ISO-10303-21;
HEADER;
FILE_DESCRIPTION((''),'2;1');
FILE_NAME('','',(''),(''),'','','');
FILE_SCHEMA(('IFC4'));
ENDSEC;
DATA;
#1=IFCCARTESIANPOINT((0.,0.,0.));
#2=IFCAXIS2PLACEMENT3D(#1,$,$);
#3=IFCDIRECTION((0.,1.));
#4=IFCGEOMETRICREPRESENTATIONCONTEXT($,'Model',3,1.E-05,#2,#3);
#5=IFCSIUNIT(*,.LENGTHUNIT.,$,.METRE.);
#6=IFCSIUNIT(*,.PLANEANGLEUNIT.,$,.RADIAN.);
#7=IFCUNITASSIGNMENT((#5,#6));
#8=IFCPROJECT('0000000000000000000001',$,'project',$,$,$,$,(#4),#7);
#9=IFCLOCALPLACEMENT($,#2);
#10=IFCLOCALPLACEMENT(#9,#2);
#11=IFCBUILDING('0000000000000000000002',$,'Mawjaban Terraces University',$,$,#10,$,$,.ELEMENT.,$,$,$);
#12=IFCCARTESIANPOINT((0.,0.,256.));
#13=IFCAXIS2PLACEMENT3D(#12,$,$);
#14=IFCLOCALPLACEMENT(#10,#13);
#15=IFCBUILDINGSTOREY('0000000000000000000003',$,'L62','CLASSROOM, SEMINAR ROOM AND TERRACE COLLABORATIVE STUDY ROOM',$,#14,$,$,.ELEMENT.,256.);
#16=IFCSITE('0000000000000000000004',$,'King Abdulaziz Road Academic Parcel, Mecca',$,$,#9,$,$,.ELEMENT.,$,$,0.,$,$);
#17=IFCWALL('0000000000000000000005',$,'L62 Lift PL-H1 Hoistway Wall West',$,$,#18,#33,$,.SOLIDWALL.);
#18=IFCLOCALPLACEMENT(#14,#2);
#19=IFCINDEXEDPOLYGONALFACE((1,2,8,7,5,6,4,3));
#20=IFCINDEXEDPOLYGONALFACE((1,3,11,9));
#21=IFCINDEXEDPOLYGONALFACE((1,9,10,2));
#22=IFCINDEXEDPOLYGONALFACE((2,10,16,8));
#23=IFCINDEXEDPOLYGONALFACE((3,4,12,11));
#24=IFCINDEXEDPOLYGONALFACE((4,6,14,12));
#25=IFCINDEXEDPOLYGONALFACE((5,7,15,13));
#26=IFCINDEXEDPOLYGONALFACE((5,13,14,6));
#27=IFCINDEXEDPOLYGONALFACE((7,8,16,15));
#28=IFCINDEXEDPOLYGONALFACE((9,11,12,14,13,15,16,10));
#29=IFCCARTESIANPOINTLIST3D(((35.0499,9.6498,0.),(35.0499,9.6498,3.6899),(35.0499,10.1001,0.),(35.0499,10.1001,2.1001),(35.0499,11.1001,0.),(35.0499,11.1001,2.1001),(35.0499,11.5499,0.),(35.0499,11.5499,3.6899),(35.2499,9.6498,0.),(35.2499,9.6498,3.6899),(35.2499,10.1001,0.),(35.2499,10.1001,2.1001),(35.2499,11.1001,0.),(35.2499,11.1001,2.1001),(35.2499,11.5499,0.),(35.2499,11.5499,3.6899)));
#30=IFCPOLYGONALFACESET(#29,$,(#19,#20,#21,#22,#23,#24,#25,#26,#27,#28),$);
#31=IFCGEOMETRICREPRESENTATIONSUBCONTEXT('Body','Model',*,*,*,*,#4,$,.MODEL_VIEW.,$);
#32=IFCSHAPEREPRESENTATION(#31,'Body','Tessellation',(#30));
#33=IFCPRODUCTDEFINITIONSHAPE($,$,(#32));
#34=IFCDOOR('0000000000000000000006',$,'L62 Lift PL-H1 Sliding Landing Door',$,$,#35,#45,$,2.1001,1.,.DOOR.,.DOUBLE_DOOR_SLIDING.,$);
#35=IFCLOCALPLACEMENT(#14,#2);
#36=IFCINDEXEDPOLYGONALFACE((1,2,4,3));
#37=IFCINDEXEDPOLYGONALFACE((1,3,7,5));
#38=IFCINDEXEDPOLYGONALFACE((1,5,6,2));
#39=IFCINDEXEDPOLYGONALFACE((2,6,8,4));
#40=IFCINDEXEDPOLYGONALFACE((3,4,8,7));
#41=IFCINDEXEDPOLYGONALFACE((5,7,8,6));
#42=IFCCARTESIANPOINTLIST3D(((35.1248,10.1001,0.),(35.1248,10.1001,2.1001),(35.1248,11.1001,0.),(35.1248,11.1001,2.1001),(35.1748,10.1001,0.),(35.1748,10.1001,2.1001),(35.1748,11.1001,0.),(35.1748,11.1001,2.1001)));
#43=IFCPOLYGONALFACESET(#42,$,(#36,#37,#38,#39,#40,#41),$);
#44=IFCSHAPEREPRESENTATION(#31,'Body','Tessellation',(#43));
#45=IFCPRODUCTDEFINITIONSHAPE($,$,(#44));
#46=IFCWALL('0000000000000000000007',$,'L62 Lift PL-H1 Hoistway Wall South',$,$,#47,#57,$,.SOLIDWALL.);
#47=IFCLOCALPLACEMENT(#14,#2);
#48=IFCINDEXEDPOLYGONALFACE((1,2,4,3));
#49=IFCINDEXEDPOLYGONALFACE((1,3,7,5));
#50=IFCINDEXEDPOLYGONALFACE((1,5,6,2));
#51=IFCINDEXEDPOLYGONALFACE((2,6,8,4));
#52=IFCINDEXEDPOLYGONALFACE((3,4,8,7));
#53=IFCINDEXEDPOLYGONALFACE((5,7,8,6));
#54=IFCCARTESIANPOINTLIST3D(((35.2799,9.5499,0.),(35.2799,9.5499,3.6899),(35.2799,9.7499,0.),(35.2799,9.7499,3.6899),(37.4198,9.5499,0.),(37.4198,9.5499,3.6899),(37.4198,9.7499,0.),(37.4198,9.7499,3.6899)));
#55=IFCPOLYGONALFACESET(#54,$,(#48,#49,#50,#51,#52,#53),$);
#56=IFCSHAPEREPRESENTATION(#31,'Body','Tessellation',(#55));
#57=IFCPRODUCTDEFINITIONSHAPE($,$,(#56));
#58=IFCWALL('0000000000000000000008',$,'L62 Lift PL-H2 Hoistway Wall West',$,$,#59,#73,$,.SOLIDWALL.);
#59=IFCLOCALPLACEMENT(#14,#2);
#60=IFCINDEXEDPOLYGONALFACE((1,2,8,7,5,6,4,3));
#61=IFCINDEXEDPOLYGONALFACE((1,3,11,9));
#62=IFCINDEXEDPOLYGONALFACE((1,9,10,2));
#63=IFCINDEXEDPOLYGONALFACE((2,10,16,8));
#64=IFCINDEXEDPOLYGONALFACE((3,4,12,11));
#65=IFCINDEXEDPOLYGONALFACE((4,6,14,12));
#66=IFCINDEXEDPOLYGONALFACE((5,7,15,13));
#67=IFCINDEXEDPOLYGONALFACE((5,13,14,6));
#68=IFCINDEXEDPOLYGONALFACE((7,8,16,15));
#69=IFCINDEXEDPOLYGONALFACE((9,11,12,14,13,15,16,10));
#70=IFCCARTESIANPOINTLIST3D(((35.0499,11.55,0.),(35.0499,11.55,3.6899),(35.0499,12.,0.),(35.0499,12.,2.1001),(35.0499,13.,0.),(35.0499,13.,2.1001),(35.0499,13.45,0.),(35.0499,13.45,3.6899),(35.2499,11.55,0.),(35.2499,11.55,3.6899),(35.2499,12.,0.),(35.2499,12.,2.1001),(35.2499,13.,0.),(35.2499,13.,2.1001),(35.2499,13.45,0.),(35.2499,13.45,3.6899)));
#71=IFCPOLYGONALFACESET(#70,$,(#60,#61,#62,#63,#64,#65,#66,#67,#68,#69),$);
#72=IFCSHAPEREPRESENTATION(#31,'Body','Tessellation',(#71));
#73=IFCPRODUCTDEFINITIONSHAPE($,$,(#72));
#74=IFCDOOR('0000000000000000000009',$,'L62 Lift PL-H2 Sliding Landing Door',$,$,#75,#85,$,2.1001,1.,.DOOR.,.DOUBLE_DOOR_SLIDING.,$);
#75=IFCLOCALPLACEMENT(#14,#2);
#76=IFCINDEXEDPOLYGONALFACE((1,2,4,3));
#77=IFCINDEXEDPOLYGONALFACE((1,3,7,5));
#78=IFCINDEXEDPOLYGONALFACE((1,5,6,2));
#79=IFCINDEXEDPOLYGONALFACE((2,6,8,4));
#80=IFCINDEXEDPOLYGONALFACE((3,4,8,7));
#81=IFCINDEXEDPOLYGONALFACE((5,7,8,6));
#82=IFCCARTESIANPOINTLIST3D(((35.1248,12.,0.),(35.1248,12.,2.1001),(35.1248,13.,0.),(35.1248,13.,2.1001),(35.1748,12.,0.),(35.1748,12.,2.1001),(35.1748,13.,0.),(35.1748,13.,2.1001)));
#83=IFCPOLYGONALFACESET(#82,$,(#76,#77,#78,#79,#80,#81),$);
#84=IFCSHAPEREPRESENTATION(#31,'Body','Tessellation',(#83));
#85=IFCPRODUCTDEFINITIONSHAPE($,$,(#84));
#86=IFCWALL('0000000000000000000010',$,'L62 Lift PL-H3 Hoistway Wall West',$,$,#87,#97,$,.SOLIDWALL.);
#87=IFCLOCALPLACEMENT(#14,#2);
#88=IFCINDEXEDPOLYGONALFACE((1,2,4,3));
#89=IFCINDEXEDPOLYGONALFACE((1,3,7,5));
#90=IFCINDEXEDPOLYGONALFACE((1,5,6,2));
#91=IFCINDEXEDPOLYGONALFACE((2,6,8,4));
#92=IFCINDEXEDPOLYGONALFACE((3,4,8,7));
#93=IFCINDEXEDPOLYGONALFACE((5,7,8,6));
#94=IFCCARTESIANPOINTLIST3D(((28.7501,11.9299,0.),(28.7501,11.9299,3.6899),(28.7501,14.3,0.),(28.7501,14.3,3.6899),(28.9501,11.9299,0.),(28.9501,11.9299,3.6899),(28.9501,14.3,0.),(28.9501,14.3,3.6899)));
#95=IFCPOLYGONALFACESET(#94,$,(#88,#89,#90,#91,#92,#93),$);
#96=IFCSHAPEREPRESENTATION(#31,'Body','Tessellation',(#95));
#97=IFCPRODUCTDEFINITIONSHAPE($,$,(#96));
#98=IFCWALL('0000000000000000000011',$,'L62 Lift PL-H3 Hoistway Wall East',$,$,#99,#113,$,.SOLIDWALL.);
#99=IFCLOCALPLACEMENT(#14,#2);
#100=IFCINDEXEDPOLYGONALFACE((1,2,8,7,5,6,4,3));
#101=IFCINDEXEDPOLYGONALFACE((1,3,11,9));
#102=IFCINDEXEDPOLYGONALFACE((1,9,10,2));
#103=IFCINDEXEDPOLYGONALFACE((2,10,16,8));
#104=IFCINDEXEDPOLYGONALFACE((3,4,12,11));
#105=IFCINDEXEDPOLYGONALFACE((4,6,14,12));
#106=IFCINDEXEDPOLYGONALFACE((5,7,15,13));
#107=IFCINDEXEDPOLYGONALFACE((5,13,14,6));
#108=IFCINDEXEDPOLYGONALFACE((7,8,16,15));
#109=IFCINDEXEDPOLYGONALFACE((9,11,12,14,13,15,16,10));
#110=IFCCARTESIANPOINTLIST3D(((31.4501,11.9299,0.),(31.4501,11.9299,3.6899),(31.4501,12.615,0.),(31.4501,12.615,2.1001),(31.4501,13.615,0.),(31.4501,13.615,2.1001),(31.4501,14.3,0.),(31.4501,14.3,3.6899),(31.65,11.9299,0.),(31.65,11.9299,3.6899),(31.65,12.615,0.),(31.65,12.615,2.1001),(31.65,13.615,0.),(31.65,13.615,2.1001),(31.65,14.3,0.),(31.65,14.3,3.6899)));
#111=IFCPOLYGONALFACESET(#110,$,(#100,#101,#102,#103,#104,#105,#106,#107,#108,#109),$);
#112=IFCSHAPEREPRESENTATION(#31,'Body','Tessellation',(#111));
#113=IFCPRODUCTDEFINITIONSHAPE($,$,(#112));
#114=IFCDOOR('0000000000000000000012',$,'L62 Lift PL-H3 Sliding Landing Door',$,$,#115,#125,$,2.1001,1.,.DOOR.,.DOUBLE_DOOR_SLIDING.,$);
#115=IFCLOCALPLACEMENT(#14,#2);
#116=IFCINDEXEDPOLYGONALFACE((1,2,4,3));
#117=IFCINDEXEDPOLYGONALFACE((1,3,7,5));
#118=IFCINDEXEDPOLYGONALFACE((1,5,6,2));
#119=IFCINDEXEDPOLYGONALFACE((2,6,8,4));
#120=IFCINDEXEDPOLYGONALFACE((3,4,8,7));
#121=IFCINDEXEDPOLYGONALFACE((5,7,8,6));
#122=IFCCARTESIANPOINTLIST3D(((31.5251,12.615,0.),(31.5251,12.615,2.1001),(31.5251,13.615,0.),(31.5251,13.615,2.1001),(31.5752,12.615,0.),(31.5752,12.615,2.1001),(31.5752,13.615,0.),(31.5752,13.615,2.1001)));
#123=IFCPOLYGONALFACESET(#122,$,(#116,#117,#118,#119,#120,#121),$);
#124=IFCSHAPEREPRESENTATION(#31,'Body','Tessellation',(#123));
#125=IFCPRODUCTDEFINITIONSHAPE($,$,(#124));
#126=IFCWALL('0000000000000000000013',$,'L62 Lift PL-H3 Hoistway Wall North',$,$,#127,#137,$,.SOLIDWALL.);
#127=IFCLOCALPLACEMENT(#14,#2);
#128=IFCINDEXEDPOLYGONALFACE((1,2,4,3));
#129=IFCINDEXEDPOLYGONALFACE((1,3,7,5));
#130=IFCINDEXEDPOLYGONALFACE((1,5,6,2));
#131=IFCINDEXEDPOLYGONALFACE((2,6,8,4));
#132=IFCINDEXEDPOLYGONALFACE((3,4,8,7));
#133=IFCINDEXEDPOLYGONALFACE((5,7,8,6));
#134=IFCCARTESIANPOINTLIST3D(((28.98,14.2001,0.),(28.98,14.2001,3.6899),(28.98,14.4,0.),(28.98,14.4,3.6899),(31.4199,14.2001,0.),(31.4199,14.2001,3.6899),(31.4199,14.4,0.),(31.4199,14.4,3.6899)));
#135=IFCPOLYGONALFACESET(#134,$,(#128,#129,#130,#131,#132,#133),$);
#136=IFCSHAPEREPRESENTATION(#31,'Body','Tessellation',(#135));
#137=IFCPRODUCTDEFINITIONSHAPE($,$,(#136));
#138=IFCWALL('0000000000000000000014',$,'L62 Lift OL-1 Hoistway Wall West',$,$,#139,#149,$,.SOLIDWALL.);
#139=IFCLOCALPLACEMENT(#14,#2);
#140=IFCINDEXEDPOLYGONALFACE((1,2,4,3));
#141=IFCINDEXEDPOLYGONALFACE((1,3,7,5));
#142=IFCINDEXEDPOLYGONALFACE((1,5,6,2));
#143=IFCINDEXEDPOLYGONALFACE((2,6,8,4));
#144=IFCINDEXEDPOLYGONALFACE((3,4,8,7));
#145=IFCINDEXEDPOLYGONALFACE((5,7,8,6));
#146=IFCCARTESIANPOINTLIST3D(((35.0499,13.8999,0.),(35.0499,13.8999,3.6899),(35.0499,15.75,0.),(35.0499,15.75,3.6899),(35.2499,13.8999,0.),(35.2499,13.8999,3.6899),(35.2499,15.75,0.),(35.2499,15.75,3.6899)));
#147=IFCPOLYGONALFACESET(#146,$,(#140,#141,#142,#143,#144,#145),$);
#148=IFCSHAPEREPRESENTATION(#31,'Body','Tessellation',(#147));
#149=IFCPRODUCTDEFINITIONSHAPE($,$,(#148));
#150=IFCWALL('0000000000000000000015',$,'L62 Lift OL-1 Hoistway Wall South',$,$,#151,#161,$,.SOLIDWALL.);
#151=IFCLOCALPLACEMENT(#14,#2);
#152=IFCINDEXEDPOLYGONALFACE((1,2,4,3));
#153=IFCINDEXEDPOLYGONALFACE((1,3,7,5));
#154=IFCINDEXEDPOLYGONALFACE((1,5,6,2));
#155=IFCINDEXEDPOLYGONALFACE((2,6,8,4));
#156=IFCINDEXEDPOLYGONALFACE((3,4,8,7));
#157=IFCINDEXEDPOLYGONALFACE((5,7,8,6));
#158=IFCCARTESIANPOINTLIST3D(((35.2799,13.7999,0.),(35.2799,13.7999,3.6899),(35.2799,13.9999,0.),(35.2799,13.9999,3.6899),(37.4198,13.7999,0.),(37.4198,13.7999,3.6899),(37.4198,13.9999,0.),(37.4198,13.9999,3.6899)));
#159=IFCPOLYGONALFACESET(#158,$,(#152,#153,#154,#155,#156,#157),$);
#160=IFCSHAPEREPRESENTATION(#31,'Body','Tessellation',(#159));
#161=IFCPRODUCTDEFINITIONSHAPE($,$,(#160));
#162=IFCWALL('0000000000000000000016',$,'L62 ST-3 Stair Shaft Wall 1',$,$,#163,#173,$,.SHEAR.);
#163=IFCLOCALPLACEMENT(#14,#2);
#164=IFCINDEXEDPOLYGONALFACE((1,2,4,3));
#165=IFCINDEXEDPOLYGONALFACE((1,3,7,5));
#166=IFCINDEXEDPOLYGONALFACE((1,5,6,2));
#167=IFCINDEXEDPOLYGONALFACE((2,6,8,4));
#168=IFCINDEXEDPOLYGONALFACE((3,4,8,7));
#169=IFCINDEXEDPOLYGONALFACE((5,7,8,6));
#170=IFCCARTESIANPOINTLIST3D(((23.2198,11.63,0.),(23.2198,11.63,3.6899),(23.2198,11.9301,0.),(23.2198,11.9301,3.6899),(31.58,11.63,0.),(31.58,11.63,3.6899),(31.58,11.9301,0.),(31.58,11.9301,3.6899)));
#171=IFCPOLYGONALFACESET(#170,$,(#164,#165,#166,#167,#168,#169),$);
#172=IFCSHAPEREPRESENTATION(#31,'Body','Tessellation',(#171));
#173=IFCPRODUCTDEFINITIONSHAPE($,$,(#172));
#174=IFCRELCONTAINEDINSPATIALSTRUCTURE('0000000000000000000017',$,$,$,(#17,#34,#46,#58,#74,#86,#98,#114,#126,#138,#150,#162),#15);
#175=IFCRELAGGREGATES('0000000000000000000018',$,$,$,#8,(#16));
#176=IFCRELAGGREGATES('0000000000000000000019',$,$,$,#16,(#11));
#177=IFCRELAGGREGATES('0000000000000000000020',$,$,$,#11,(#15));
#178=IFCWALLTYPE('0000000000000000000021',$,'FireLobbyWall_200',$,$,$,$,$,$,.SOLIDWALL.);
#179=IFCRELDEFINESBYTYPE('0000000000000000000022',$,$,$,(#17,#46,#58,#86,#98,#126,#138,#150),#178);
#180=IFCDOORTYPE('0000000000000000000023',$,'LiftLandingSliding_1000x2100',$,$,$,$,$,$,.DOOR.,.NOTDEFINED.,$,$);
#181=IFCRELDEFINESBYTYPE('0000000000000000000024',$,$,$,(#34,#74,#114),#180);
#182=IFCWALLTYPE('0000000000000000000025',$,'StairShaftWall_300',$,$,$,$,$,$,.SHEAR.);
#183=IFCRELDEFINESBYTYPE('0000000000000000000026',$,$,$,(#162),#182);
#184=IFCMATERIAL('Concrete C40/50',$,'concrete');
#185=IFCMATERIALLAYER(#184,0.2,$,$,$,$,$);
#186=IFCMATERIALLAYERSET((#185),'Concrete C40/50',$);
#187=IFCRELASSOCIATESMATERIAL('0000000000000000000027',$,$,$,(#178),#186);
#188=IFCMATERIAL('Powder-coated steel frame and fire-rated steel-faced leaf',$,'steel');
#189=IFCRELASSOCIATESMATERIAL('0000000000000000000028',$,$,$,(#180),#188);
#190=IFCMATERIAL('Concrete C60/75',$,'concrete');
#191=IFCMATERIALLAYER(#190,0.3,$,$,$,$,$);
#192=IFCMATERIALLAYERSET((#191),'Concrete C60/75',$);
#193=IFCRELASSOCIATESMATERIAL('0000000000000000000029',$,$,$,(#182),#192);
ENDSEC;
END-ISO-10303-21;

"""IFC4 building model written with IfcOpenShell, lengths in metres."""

from ifc_helpers import new_model, si_unit, direction, frame, frame_2d, origin, place, context, subcontext, project, spatial, rectangle, extrude, material, layer, layer_set, type_object, element, fill, save


model = new_model("IFC4")

# Units and contexts
model_context = context("Model", 3, precision=1e-05, world=origin(), true_north=direction((0.0, 1.0)))
body_context = subcontext(model_context, "Body", "Model", "MODEL_VIEW")
ifc_project = project(units=[si_unit("LENGTHUNIT", "METRE"), si_unit("PLANEANGLEUNIT", "RADIAN")], contexts=[model_context])

# Site, building, storey
site_placement = place(None, origin())
site = spatial("IfcSite", under=ifc_project, at=site_placement, Name="King Abdulaziz Road Academic Parcel, Mecca", CompositionType="ELEMENT", RefElevation=0.0)
building_placement = place(site_placement, origin())
building = spatial("IfcBuilding", under=site, at=building_placement, Name="Mawjaban Terraces University", CompositionType="ELEMENT")
storey_placement = place(building_placement, frame((0.0, 0.0, 256.0)))
storey = spatial("IfcBuildingStorey", under=building, at=storey_placement, Name="L62", Description="CLASSROOM, SEMINAR ROOM AND TERRACE COLLABORATIVE STUDY ROOM", CompositionType="ELEMENT", Elevation=256.0)

# Wall, opening, door
ifc_material_1 = material(Name="Concrete C40/50", Category="concrete")
ifc_layer_1 = layer(ifc_material_1, 0.2)
ifc_layer_set_1 = layer_set([ifc_layer_1], Name="Concrete C40/50")
wall_type_1 = type_object("IfcWallType", Name="FireLobbyWall_200", PredefinedType="SOLIDWALL", material=ifc_layer_set_1)
wall_1_placement = place(storey_placement, frame((35.1499, 11.55, 0.0), z_axis=(0.0, 0.0, 1.0), x_axis=(0.0, -1.0, 0.0)))
wall_1 = element("IfcWall", 1, at=wall_1_placement, inside=storey, type_object=wall_type_1, Name="L62 Lift PL-H1 Hoistway Wall West", PredefinedType="SOLIDWALL", context=body_context, shape_type="SweptSolid", body=[
    extrude(rectangle(XDim=1.9001, YDim=0.2, at=frame_2d((0.9502, 0.0))), origin(), (0.0, 0.0, 1.0), 3.6899),
])
opening_1_placement = place(wall_1_placement, frame((0.45, 0.0, 0.0)))
opening_1 = element("IfcOpeningElement", 2, at=opening_1_placement, cuts=wall_1, PredefinedType="OPENING", context=body_context, shape_type="SweptSolid", body=[
    extrude(rectangle(XDim=1.0, YDim=2.1001, at=frame_2d((0.5, 1.05))), frame((0.0, 0.1099, 0.0), z_axis=(0.0, -1.0, 0.0), x_axis=(1.0, 0.0, 0.0)), (0.0, 0.0, 1.0), 0.22),
])
ifc_material_2 = material(Name="Powder-coated steel frame and fire-rated steel-faced leaf", Category="steel")
door_type_1 = type_object("IfcDoorType", Name="LiftLandingSliding_1000x2100", OperationType="NOTDEFINED", PredefinedType="DOOR", material=ifc_material_2)
door_1_placement = place(opening_1_placement, origin())
door_1 = element("IfcDoor", 3, at=door_1_placement, inside=storey, type_object=door_type_1, Name="L62 Lift PL-H1 Sliding Landing Door", OperationType="DOUBLE_DOOR_SLIDING", OverallHeight=2.1001, OverallWidth=1.0, PredefinedType="DOOR", context=body_context, shape_type="SweptSolid", body=[
    extrude(rectangle(XDim=1.0, YDim=2.1001, at=frame_2d((0.5, 1.05))), frame((0.0, 0.0249, 0.0), z_axis=(0.0, -1.0, 0.0), x_axis=(1.0, 0.0, 0.0)), (0.0, 0.0, 1.0), 0.05),
])
fill(opening_1, door_1)

# Wall
wall_2_placement = place(storey_placement, frame((35.28, 9.6499, 0.0), z_axis=(0.0, 0.0, 1.0), x_axis=(1.0, 0.0, 0.0)))
element("IfcWall", 4, at=wall_2_placement, inside=storey, type_object=wall_type_1, Name="L62 Lift PL-H1 Hoistway Wall South", PredefinedType="SOLIDWALL", context=body_context, shape_type="SweptSolid", body=[
    extrude(rectangle(XDim=2.1399, YDim=0.2, at=frame_2d((1.0698, 0.0))), origin(), (0.0, 0.0, 1.0), 3.6899),
])

# Wall, opening, door
wall_3_placement = place(storey_placement, frame((35.1499, 13.45, 0.0), z_axis=(0.0, 0.0, 1.0), x_axis=(0.0, -1.0, 0.0)))
wall_3 = element("IfcWall", 5, at=wall_3_placement, inside=storey, type_object=wall_type_1, Name="L62 Lift PL-H2 Hoistway Wall West", PredefinedType="SOLIDWALL", context=body_context, shape_type="SweptSolid", body=[
    extrude(rectangle(XDim=1.8999, YDim=0.2, at=frame_2d((0.95, 0.0))), origin(), (0.0, 0.0, 1.0), 3.6899),
])
opening_2_placement = place(wall_3_placement, frame((0.45, 0.0, 0.0)))
opening_2 = element("IfcOpeningElement", 6, at=opening_2_placement, cuts=wall_3, PredefinedType="OPENING", context=body_context, shape_type="SweptSolid", body=[
    extrude(rectangle(XDim=1.0, YDim=2.1001, at=frame_2d((0.5, 1.05))), frame((0.0, 0.1099, 0.0), z_axis=(0.0, -1.0, 0.0), x_axis=(1.0, 0.0, 0.0)), (0.0, 0.0, 1.0), 0.22),
])
door_2_placement = place(opening_2_placement, origin())
door_2 = element("IfcDoor", 7, at=door_2_placement, inside=storey, type_object=door_type_1, Name="L62 Lift PL-H2 Sliding Landing Door", OperationType="DOUBLE_DOOR_SLIDING", OverallHeight=2.1001, OverallWidth=1.0, PredefinedType="DOOR", context=body_context, shape_type="SweptSolid", body=[
    extrude(rectangle(XDim=1.0, YDim=2.1001, at=frame_2d((0.5, 1.05))), frame((0.0, 0.0249, 0.0), z_axis=(0.0, -1.0, 0.0), x_axis=(1.0, 0.0, 0.0)), (0.0, 0.0, 1.0), 0.05),
])
fill(opening_2, door_2)

# Wall
wall_4_placement = place(storey_placement, frame((28.8501, 14.3, 0.0), z_axis=(0.0, 0.0, 1.0), x_axis=(0.0, -1.0, 0.0)))
element("IfcWall", 8, at=wall_4_placement, inside=storey, type_object=wall_type_1, Name="L62 Lift PL-H3 Hoistway Wall West", PredefinedType="SOLIDWALL", context=body_context, shape_type="SweptSolid", body=[
    extrude(rectangle(XDim=2.3701, YDim=0.2, at=frame_2d((1.1851, 0.0))), origin(), (0.0, 0.0, 1.0), 3.6899),
])

# Wall, opening, door
wall_5_placement = place(storey_placement, frame((31.55, 11.9299, 0.0), z_axis=(0.0, 0.0, 1.0), x_axis=(0.0, 1.0, 0.0)))
wall_5 = element("IfcWall", 9, at=wall_5_placement, inside=storey, type_object=wall_type_1, Name="L62 Lift PL-H3 Hoistway Wall East", PredefinedType="SOLIDWALL", context=body_context, shape_type="SweptSolid", body=[
    extrude(rectangle(XDim=2.3701, YDim=0.2, at=frame_2d((1.1851, 0.0))), origin(), (0.0, 0.0, 1.0), 3.6899),
])
opening_3_placement = place(wall_5_placement, frame((0.6851, 0.0, 0.0)))
opening_3 = element("IfcOpeningElement", 10, at=opening_3_placement, cuts=wall_5, PredefinedType="OPENING", context=body_context, shape_type="SweptSolid", body=[
    extrude(rectangle(XDim=1.0, YDim=2.1001, at=frame_2d((0.5, 1.05))), frame((0.0, 0.1099, 0.0), z_axis=(0.0, -1.0, 0.0), x_axis=(1.0, 0.0, 0.0)), (0.0, 0.0, 1.0), 0.22),
])
door_3_placement = place(opening_3_placement, origin())
door_3 = element("IfcDoor", 11, at=door_3_placement, inside=storey, type_object=door_type_1, Name="L62 Lift PL-H3 Sliding Landing Door", OperationType="DOUBLE_DOOR_SLIDING", OverallHeight=2.1001, OverallWidth=1.0, PredefinedType="DOOR", context=body_context, shape_type="SweptSolid", body=[
    extrude(rectangle(XDim=1.0, YDim=2.1001, at=frame_2d((0.5, 1.05))), frame((0.0, 0.0249, 0.0), z_axis=(0.0, -1.0, 0.0), x_axis=(1.0, 0.0, 0.0)), (0.0, 0.0, 1.0), 0.05),
])
fill(opening_3, door_3)

# Walls
wall_6_placement = place(storey_placement, frame((31.4199, 14.3, 0.0), z_axis=(0.0, 0.0, 1.0), x_axis=(-1.0, 0.0, 0.0)))
element("IfcWall", 12, at=wall_6_placement, inside=storey, type_object=wall_type_1, Name="L62 Lift PL-H3 Hoistway Wall North", PredefinedType="SOLIDWALL", context=body_context, shape_type="SweptSolid", body=[
    extrude(rectangle(XDim=2.4399, YDim=0.2, at=frame_2d((1.22, 0.0))), origin(), (0.0, 0.0, 1.0), 3.6899),
])
wall_7_placement = place(storey_placement, frame((35.1499, 15.75, 0.0), z_axis=(0.0, 0.0, 1.0), x_axis=(0.0, -1.0, 0.0)))
element("IfcWall", 13, at=wall_7_placement, inside=storey, type_object=wall_type_1, Name="L62 Lift OL-1 Hoistway Wall West", PredefinedType="SOLIDWALL", context=body_context, shape_type="SweptSolid", body=[
    extrude(rectangle(XDim=1.8501, YDim=0.2, at=frame_2d((0.925, 0.0))), origin(), (0.0, 0.0, 1.0), 3.6899),
])
wall_8_placement = place(storey_placement, frame((35.28, 13.8999, 0.0), z_axis=(0.0, 0.0, 1.0), x_axis=(1.0, 0.0, 0.0)))
element("IfcWall", 14, at=wall_8_placement, inside=storey, type_object=wall_type_1, Name="L62 Lift OL-1 Hoistway Wall South", PredefinedType="SOLIDWALL", context=body_context, shape_type="SweptSolid", body=[
    extrude(rectangle(XDim=2.1399, YDim=0.2, at=frame_2d((1.0698, 0.0))), origin(), (0.0, 0.0, 1.0), 3.6899),
])

# Shared definitions
ifc_material_3 = material(Name="Concrete C60/75", Category="concrete")
ifc_layer_2 = layer(ifc_material_3, 0.3)
ifc_layer_set_2 = layer_set([ifc_layer_2], Name="Concrete C60/75")
wall_type_2 = type_object("IfcWallType", Name="StairShaftWall_300", PredefinedType="SHEAR", material=ifc_layer_set_2)

# Wall
wall_9_placement = place(storey_placement, frame((31.5801, 11.78, 0.0), z_axis=(0.0, 0.0, 1.0), x_axis=(-1.0, 0.0, 0.0)))
element("IfcWall", 15, at=wall_9_placement, inside=storey, type_object=wall_type_2, Name="L62 ST-3 Stair Shaft Wall 1", PredefinedType="SHEAR", context=body_context, shape_type="SweptSolid", body=[
    extrude(rectangle(XDim=8.3601, YDim=0.3, at=frame_2d((4.1802, 0.0))), origin(), (0.0, 0.0, 1.0), 3.6899),
])

save(model, "model.ifc")
